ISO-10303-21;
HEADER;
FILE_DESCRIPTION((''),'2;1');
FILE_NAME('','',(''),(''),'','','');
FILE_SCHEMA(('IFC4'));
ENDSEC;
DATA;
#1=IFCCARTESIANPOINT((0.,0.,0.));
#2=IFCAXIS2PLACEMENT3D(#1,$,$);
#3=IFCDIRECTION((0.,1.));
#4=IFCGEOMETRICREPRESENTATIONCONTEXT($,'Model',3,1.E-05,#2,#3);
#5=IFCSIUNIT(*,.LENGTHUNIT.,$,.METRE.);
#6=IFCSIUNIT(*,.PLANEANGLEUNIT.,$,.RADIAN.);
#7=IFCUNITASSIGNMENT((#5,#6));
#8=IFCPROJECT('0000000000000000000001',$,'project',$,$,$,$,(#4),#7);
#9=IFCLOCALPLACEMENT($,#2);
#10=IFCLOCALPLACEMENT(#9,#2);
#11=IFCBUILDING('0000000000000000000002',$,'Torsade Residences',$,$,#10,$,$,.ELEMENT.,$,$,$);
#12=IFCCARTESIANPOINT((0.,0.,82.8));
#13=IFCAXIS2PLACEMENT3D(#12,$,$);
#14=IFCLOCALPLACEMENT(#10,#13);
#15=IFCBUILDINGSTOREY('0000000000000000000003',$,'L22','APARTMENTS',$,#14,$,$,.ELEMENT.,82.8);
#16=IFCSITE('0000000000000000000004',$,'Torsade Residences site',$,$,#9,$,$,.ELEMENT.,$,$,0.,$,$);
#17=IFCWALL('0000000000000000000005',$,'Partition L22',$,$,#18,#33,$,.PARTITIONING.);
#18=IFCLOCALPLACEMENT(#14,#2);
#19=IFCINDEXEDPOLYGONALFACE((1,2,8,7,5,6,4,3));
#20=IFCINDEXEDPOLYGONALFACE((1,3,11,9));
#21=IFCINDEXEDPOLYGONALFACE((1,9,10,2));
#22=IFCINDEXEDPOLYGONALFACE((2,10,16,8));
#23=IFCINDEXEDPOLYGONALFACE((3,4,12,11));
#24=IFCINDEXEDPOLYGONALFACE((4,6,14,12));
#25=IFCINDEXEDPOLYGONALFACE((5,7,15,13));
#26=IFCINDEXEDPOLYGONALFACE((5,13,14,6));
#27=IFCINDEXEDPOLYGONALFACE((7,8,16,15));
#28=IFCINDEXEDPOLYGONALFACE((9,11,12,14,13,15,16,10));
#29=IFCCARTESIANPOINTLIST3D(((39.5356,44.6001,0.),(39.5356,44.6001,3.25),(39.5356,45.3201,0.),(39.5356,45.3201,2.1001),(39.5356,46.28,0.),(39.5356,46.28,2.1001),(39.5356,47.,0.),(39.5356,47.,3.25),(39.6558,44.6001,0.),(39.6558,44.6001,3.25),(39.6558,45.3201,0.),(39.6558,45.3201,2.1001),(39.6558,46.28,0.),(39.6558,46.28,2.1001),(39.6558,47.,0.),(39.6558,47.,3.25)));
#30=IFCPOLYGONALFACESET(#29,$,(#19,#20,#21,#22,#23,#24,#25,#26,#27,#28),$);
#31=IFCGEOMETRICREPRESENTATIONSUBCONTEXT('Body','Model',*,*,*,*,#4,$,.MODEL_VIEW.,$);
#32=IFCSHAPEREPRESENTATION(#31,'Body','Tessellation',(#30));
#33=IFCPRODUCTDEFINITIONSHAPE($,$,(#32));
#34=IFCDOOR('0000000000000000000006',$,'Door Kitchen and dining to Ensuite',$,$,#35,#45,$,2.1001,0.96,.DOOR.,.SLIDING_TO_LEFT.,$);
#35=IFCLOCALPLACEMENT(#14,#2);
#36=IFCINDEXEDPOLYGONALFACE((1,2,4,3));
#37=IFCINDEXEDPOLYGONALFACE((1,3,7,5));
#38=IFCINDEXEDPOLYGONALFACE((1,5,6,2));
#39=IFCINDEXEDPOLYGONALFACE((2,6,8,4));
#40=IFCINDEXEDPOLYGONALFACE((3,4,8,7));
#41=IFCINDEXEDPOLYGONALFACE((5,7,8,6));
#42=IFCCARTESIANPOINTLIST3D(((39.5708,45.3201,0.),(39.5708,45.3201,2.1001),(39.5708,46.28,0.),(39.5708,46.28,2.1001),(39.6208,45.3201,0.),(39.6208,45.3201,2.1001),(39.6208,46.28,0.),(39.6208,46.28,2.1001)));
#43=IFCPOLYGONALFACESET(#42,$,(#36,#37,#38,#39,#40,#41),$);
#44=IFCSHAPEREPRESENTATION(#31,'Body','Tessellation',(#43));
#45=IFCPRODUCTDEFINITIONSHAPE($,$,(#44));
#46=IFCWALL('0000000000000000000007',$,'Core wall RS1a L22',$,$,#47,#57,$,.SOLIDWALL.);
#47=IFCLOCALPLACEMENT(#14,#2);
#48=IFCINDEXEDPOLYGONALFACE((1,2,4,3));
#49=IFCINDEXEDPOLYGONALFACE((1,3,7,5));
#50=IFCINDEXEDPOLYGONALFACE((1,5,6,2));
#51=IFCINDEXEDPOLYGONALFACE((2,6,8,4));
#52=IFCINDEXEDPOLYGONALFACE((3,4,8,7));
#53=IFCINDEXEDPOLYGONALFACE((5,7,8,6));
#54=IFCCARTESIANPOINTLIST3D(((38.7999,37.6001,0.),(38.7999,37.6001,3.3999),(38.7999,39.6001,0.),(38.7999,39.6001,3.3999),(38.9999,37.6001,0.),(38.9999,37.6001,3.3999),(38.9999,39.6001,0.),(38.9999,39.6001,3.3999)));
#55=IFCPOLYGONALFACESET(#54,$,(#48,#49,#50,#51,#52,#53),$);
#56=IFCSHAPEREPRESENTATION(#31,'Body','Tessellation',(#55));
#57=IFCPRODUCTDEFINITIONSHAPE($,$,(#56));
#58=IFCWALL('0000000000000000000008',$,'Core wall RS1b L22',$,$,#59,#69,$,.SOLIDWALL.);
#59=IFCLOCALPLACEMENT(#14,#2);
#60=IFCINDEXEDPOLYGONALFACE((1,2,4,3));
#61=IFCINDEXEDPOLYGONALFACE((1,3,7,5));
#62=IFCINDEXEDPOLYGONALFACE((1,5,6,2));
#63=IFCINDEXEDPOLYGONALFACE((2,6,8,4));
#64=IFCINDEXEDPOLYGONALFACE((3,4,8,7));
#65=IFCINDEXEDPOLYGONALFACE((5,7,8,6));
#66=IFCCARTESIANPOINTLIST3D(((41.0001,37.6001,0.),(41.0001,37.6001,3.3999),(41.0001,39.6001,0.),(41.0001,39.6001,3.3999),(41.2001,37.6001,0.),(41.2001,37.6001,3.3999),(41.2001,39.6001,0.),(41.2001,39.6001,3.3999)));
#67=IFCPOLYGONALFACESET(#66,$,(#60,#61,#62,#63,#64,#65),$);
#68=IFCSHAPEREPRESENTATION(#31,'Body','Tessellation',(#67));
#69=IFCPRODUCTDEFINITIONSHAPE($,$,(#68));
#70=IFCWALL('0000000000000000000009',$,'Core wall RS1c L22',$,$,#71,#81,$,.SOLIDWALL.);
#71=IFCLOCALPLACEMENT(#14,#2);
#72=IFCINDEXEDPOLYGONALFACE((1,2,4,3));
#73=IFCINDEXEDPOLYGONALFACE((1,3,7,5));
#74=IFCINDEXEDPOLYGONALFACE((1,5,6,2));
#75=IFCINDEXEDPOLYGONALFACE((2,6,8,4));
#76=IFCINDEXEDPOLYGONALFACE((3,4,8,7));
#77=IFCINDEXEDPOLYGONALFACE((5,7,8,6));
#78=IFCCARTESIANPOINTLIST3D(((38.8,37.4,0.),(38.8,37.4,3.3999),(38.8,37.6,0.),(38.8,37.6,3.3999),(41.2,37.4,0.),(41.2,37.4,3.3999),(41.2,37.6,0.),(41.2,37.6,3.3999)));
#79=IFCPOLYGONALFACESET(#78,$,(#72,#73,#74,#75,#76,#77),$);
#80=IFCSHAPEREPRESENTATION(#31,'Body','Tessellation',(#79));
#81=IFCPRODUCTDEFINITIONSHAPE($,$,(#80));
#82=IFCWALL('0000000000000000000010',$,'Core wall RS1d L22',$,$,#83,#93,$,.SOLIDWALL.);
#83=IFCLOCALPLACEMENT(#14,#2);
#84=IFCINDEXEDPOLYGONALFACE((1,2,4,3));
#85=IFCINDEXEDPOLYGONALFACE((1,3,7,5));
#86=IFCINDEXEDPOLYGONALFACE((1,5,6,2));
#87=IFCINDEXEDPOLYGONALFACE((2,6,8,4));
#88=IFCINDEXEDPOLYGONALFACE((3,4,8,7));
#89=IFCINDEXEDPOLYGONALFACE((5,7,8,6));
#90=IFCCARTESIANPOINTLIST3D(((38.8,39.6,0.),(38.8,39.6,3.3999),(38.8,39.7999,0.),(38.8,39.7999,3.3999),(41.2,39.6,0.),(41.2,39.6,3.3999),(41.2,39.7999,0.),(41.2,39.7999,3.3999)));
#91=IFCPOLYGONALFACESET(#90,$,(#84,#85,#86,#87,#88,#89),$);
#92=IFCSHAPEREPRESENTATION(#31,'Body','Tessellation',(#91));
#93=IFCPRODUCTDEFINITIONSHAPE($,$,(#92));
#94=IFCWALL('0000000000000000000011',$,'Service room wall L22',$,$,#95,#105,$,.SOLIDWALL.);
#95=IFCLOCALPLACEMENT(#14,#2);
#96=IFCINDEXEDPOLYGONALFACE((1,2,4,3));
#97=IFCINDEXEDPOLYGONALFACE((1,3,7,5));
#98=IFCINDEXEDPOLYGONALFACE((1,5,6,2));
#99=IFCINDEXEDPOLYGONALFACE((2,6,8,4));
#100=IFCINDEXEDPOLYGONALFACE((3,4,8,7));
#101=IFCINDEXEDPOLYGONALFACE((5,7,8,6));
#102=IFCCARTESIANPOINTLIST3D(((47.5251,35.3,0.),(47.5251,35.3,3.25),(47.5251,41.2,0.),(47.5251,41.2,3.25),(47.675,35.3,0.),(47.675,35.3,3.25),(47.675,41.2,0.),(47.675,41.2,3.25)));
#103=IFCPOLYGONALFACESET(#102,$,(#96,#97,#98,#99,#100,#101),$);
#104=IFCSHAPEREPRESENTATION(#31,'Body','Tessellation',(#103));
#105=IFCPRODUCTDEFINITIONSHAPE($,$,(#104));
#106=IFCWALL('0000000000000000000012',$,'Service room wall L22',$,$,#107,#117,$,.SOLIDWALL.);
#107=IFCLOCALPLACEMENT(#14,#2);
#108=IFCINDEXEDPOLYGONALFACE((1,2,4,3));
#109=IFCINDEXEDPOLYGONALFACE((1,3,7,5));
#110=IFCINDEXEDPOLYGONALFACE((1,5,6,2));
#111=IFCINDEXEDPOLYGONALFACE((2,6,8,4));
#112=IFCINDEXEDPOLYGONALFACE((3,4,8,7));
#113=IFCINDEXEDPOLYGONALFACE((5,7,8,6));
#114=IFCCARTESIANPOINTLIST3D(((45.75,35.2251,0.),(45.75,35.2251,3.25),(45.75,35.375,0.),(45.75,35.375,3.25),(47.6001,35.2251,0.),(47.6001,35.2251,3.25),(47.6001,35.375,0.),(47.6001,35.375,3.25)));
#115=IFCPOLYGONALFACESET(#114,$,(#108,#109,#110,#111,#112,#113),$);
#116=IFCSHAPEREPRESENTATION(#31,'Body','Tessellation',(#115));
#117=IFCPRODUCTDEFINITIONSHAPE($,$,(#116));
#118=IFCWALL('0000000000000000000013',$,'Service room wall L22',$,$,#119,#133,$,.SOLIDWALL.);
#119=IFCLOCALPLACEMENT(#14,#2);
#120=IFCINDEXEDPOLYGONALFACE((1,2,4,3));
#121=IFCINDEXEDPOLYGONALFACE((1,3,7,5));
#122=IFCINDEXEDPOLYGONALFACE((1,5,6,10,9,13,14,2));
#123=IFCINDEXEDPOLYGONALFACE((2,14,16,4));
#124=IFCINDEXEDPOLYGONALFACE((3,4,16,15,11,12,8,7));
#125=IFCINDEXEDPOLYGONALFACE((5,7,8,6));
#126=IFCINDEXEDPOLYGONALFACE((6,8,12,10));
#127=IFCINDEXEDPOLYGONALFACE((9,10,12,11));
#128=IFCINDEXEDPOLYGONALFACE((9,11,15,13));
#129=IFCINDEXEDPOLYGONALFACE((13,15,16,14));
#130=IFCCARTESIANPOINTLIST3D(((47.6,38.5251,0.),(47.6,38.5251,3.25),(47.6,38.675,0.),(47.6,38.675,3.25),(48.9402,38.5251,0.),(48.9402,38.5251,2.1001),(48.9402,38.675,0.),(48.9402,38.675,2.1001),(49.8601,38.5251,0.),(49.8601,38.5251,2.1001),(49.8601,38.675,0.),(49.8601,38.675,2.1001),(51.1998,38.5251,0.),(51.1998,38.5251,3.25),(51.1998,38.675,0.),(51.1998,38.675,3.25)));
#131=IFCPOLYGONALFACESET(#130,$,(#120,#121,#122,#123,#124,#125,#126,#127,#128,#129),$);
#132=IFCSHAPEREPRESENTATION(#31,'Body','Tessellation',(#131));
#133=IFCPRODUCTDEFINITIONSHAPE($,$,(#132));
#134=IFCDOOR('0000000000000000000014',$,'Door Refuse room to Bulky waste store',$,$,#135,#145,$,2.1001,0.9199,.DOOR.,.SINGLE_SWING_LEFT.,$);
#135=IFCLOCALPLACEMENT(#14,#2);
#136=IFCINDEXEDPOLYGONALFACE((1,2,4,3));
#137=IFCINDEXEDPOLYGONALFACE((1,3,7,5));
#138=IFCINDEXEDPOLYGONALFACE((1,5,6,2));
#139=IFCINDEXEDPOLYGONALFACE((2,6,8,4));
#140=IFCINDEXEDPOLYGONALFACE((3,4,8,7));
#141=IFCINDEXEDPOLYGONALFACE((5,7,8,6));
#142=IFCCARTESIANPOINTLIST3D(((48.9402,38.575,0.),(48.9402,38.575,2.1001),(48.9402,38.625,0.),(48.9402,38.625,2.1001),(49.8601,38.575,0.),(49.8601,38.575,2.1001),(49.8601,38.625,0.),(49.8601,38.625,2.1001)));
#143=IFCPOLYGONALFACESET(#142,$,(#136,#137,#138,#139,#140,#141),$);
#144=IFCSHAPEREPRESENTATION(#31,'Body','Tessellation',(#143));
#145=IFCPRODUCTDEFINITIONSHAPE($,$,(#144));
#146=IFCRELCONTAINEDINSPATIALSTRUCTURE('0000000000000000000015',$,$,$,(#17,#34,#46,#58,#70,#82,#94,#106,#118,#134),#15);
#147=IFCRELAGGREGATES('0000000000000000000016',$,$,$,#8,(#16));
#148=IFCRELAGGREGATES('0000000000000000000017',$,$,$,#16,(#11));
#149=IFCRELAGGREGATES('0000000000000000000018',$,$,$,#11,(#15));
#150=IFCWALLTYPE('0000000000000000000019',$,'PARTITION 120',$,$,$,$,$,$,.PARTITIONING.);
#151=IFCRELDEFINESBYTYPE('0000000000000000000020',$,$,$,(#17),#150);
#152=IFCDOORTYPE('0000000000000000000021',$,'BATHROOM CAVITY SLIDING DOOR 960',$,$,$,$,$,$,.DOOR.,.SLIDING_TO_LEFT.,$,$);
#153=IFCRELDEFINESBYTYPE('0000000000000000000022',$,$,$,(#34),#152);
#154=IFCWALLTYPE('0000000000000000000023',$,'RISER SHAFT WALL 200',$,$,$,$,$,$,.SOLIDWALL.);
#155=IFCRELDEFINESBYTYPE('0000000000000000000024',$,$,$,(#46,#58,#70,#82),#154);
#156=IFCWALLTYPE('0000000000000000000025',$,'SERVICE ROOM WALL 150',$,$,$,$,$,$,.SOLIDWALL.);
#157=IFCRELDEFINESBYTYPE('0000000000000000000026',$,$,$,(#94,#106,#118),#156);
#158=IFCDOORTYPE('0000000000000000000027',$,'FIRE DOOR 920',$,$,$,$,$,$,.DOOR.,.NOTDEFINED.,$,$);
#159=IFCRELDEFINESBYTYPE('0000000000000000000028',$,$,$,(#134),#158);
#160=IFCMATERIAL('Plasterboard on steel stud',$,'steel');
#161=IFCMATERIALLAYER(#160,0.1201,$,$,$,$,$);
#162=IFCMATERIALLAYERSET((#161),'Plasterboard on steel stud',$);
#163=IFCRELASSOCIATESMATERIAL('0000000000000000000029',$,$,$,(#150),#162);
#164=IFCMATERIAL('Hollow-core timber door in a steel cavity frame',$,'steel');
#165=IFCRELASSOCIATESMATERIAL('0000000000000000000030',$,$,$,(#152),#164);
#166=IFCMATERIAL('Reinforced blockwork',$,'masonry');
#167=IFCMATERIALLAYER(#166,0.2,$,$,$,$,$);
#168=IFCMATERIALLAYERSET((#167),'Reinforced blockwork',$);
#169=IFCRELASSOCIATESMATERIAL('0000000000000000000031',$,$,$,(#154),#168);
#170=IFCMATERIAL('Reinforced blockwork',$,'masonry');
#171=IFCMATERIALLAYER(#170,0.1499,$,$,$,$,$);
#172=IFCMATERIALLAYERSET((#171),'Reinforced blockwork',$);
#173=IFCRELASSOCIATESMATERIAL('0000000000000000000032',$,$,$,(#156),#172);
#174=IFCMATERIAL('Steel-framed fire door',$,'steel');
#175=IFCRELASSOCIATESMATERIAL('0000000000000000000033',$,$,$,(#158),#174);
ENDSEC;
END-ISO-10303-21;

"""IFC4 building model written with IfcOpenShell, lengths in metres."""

from ifc_helpers import new_model, si_unit, direction, frame, frame_2d, origin, place, context, subcontext, project, spatial, rectangle, extrude, material, layer, layer_set, type_object, element, fill, save


model = new_model("IFC4")

# Units and contexts
model_context = context("Model", 3, precision=1e-05, world=origin(), true_north=direction((0.0, 1.0)))
body_context = subcontext(model_context, "Body", "Model", "MODEL_VIEW")
ifc_project = project(units=[si_unit("LENGTHUNIT", "METRE"), si_unit("PLANEANGLEUNIT", "RADIAN")], contexts=[model_context])

# Site, building, storey
site_placement = place(None, origin())
site = spatial("IfcSite", under=ifc_project, at=site_placement, Name="Torsade Residences site", CompositionType="ELEMENT", RefElevation=0.0)
building_placement = place(site_placement, origin())
building = spatial("IfcBuilding", under=site, at=building_placement, Name="Torsade Residences", CompositionType="ELEMENT")
storey_placement = place(building_placement, frame((0.0, 0.0, 82.8)))
storey = spatial("IfcBuildingStorey", under=building, at=storey_placement, Name="L22", Description="APARTMENTS", CompositionType="ELEMENT", Elevation=82.8)

# Wall, opening, door
ifc_material_1 = material(Name="Plasterboard on steel stud", Category="steel")
ifc_layer_1 = layer(ifc_material_1, 0.1201)
ifc_layer_set_1 = layer_set([ifc_layer_1], Name="Plasterboard on steel stud")
wall_type_1 = type_object("IfcWallType", Name="PARTITION 120", PredefinedType="PARTITIONING", material=ifc_layer_set_1)
wall_1_placement = place(storey_placement, frame((39.5957, 44.6001, 0.0), z_axis=(0.0, 0.0, 1.0), x_axis=(0.0, 1.0, 0.0)))
wall_1 = element("IfcWall", 1, at=wall_1_placement, inside=storey, type_object=wall_type_1, Name="Partition L22", PredefinedType="PARTITIONING", context=body_context, shape_type="SweptSolid", body=[
    extrude(rectangle(XDim=2.3999, YDim=0.1201, at=frame_2d((1.2, 0.0))), origin(), (0.0, 0.0, 1.0), 3.25),
])
opening_1_placement = place(wall_1_placement, frame((0.72, 0.0, 0.0)))
opening_1 = element("IfcOpeningElement", 2, at=opening_1_placement, cuts=wall_1, PredefinedType="OPENING", context=body_context, shape_type="SweptSolid", body=[
    extrude(rectangle(XDim=0.96, YDim=2.1001, at=frame_2d((0.48, 1.05))), frame((0.0, 0.0701, 0.0), z_axis=(0.0, -1.0, 0.0), x_axis=(1.0, 0.0, 0.0)), (0.0, 0.0, 1.0), 0.1401),
])
ifc_material_2 = material(Name="Hollow-core timber door in a steel cavity frame", Category="steel")
door_type_1 = type_object("IfcDoorType", Name="BATHROOM CAVITY SLIDING DOOR 960", OperationType="SLIDING_TO_LEFT", PredefinedType="DOOR", material=ifc_material_2)
door_1_placement = place(opening_1_placement, origin())
door_1 = element("IfcDoor", 3, at=door_1_placement, inside=storey, type_object=door_type_1, Name="Door Kitchen and dining to Ensuite", OperationType="SLIDING_TO_LEFT", OverallHeight=2.1001, OverallWidth=0.96, PredefinedType="DOOR", context=body_context, shape_type="SweptSolid", body=[
    extrude(rectangle(XDim=0.96, YDim=2.1001, at=frame_2d((0.48, 1.05))), frame((0.0, 0.0249, 0.0), z_axis=(0.0, -1.0, 0.0), x_axis=(1.0, 0.0, 0.0)), (0.0, 0.0, 1.0), 0.05),
])
fill(opening_1, door_1)

# Walls
ifc_material_3 = material(Name="Reinforced blockwork", Category="masonry")
ifc_layer_2 = layer(ifc_material_3, 0.2)
ifc_layer_set_2 = layer_set([ifc_layer_2], Name="Reinforced blockwork")
wall_type_2 = type_object("IfcWallType", Name="RISER SHAFT WALL 200", PredefinedType="SOLIDWALL", material=ifc_layer_set_2)
for number, where, z_axis, x_axis, name in (
    (4, (38.8999, 37.6001, 0.0), (0.0, 0.0, 1.0), (0.0, 1.0, 0.0), "Core wall RS1a L22"),
    (5, (41.1001, 37.6001, 0.0), (0.0, 0.0, 1.0), (0.0, 1.0, 0.0), "Core wall RS1b L22"),
):
    element("IfcWall", number, at=place(storey_placement, frame(where, z_axis=z_axis, x_axis=x_axis)), inside=storey, type_object=wall_type_2, Name=name, PredefinedType="SOLIDWALL", context=body_context, shape_type="SweptSolid", body=[
        extrude(rectangle(XDim=2.0, YDim=0.2, at=frame_2d((1.0, 0.0))), origin(), (0.0, 0.0, 1.0), 3.3999),
    ])
for number, where, z_axis, x_axis, name in (
    (6, (38.8, 37.5, 0.0), (0.0, 0.0, 1.0), (1.0, 0.0, 0.0), "Core wall RS1c L22"),
    (7, (38.8, 39.7, 0.0), (0.0, 0.0, 1.0), (1.0, 0.0, 0.0), "Core wall RS1d L22"),
):
    element("IfcWall", number, at=place(storey_placement, frame(where, z_axis=z_axis, x_axis=x_axis)), inside=storey, type_object=wall_type_2, Name=name, PredefinedType="SOLIDWALL", context=body_context, shape_type="SweptSolid", body=[
        extrude(rectangle(XDim=2.3999, YDim=0.2, at=frame_2d((1.2, 0.0))), origin(), (0.0, 0.0, 1.0), 3.3999),
    ])
ifc_material_4 = material(Name="Reinforced blockwork", Category="masonry")
ifc_layer_3 = layer(ifc_material_4, 0.1499)
ifc_layer_set_3 = layer_set([ifc_layer_3], Name="Reinforced blockwork")
wall_type_3 = type_object("IfcWallType", Name="SERVICE ROOM WALL 150", PredefinedType="SOLIDWALL", material=ifc_layer_set_3)
wall_2_placement = place(storey_placement, frame((47.6001, 41.2, 0.0), z_axis=(0.0, 0.0, 1.0), x_axis=(0.0, -1.0, 0.0)))
element("IfcWall", 8, at=wall_2_placement, inside=storey, type_object=wall_type_3, Name="Service room wall L22", PredefinedType="SOLIDWALL", context=body_context, shape_type="SweptSolid", body=[
    extrude(rectangle(XDim=5.8999, YDim=0.1499, at=frame_2d((2.95, 0.0))), origin(), (0.0, 0.0, 1.0), 3.25),
])
wall_3_placement = place(storey_placement, frame((47.6001, 35.3, 0.0), z_axis=(0.0, 0.0, 1.0), x_axis=(-1.0, 0.0, 0.0)))
element("IfcWall", 9, at=wall_3_placement, inside=storey, type_object=wall_type_3, Name="Service room wall L22", PredefinedType="SOLIDWALL", context=body_context, shape_type="SweptSolid", body=[
    extrude(rectangle(XDim=1.8501, YDim=0.1499, at=frame_2d((0.925, 0.0))), origin(), (0.0, 0.0, 1.0), 3.25),
])

# Wall, opening, door
wall_4_placement = place(storey_placement, frame((47.6001, 38.6001, 0.0), z_axis=(0.0, 0.0, 1.0), x_axis=(1.0, 0.0, 0.0)))
wall_4 = element("IfcWall", 10, at=wall_4_placement, inside=storey, type_object=wall_type_3, Name="Service room wall L22", PredefinedType="SOLIDWALL", context=body_context, shape_type="SweptSolid", body=[
    extrude(rectangle(XDim=3.5999, YDim=0.1499, at=frame_2d((1.7998, 0.0))), origin(), (0.0, 0.0, 1.0), 3.25),
])
opening_2_placement = place(wall_4_placement, frame((1.3401, 0.0, 0.0)))
opening_2 = element("IfcOpeningElement", 11, at=opening_2_placement, cuts=wall_4, PredefinedType="OPENING", context=body_context, shape_type="SweptSolid", body=[
    extrude(rectangle(XDim=0.9199, YDim=2.1001, at=frame_2d((0.46, 1.05))), frame((0.0, 0.085, 0.0), z_axis=(0.0, -1.0, 0.0), x_axis=(1.0, 0.0, 0.0)), (0.0, 0.0, 1.0), 0.1699),
])
ifc_material_5 = material(Name="Steel-framed fire door", Category="steel")
door_type_2 = type_object("IfcDoorType", Name="FIRE DOOR 920", OperationType="NOTDEFINED", PredefinedType="DOOR", material=ifc_material_5)
door_2_placement = place(opening_2_placement, origin())
door_2 = element("IfcDoor", 12, at=door_2_placement, inside=storey, type_object=door_type_2, Name="Door Refuse room to Bulky waste store", OperationType="SINGLE_SWING_LEFT", OverallHeight=2.1001, OverallWidth=0.9199, PredefinedType="DOOR", context=body_context, shape_type="SweptSolid", body=[
    extrude(rectangle(XDim=0.9199, YDim=2.1001, at=frame_2d((0.46, 1.05))), frame((0.0, 0.0249, 0.0), z_axis=(0.0, -1.0, 0.0), x_axis=(1.0, 0.0, 0.0)), (0.0, 0.0, 1.0), 0.05),
])
fill(opening_2, door_2)

save(model, "model.ifc")
